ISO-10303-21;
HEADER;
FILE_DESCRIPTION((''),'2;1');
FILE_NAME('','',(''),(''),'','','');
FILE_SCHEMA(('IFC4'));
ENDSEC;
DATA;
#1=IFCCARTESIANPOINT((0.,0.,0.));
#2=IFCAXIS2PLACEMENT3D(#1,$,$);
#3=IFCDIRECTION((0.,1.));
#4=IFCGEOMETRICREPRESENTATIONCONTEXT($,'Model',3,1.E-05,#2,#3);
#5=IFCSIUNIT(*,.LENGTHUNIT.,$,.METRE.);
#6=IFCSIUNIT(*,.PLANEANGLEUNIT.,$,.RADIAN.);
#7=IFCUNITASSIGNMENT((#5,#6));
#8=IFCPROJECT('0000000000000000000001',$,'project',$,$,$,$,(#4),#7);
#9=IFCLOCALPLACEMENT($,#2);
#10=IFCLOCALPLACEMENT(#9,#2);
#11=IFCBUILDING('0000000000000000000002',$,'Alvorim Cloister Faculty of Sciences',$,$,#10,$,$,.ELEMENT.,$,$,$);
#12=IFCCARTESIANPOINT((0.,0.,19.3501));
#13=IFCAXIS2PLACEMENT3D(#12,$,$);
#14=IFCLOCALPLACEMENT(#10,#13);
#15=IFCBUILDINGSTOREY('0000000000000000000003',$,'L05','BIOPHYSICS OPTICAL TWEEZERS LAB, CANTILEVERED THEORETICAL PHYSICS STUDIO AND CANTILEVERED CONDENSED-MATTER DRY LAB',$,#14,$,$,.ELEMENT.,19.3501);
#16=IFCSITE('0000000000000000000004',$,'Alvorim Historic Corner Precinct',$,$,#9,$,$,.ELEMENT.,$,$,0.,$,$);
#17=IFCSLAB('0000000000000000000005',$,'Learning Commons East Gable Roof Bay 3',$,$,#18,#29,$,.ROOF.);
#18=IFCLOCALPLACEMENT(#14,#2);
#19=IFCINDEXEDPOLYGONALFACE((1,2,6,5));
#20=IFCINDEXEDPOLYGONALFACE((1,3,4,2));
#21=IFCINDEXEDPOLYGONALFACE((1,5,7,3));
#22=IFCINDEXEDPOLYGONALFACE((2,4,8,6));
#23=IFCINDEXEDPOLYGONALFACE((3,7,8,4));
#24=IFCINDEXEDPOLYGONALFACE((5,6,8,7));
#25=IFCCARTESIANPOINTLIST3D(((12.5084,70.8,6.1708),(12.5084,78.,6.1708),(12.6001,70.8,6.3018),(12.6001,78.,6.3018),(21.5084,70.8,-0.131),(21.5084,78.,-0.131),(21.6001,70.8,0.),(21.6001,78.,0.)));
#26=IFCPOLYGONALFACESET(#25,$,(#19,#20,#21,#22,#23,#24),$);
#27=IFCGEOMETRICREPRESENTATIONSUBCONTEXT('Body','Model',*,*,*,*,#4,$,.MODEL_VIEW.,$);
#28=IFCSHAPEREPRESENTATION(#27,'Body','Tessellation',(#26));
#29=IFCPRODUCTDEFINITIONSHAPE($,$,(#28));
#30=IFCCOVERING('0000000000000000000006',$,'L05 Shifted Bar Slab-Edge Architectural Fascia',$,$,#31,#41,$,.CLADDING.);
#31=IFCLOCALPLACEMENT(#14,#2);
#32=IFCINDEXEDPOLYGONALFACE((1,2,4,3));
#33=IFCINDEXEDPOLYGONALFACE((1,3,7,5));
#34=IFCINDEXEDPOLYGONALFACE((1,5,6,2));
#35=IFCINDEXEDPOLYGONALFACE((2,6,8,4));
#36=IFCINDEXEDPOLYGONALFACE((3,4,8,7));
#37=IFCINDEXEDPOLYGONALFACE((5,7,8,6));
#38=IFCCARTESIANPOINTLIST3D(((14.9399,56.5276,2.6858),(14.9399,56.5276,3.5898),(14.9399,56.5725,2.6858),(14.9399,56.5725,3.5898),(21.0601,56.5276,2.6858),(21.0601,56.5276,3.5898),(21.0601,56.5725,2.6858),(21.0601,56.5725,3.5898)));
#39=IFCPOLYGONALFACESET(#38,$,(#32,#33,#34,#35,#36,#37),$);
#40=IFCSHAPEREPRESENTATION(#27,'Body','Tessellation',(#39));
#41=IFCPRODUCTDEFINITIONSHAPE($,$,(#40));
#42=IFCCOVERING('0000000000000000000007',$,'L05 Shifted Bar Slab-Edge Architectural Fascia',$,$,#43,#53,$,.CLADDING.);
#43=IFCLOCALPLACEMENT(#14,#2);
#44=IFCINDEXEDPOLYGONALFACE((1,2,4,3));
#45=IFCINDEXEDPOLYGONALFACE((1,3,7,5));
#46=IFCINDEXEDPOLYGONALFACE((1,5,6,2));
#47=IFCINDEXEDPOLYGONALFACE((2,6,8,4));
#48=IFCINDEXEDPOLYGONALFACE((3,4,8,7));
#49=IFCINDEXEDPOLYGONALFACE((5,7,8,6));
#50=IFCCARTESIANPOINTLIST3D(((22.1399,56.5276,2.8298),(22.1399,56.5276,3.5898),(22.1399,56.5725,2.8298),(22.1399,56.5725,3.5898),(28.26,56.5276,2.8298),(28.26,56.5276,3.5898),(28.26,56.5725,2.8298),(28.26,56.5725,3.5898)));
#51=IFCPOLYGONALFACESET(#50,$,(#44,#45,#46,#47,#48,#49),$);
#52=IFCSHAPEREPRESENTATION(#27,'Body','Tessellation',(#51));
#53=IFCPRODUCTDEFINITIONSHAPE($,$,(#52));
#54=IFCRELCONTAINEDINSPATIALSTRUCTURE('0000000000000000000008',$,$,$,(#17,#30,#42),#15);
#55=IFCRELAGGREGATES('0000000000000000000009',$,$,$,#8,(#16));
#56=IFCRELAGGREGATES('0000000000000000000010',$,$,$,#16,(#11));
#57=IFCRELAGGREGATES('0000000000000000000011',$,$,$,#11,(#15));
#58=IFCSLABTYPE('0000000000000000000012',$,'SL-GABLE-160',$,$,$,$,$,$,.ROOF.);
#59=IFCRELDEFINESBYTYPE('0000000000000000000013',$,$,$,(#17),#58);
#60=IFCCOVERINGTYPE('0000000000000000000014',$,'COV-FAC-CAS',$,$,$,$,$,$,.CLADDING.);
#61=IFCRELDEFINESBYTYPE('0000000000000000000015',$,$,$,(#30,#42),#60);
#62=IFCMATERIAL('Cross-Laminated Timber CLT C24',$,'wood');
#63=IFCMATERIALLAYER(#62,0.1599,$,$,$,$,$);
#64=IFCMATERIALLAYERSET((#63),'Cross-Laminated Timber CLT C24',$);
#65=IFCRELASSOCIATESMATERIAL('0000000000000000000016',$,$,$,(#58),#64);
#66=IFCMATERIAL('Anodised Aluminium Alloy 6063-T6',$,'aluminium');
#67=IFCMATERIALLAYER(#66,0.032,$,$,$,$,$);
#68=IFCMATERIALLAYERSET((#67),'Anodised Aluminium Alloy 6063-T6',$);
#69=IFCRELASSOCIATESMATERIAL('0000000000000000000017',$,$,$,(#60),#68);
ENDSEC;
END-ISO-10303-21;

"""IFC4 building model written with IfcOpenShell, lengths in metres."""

from ifc_helpers import new_model, si_unit, direction, frame, origin, place, context, subcontext, project, spatial, polyline, outline, extrude, material, layer, layer_set, type_object, element, save


model = new_model("IFC4")

# Units and contexts
model_context = context("Model", 3, precision=1e-05, world=origin(), true_north=direction((0.0, 1.0)))
body_context = subcontext(model_context, "Body", "Model", "MODEL_VIEW")
ifc_project = project(units=[si_unit("LENGTHUNIT", "METRE"), si_unit("PLANEANGLEUNIT", "RADIAN")], contexts=[model_context])

# Site, building, storey
site_placement = place(None, origin())
site = spatial("IfcSite", under=ifc_project, at=site_placement, Name="Alvorim Historic Corner Precinct", CompositionType="ELEMENT", RefElevation=0.0)
building_placement = place(site_placement, origin())
building = spatial("IfcBuilding", under=site, at=building_placement, Name="Alvorim Cloister Faculty of Sciences", CompositionType="ELEMENT")
storey_placement = place(building_placement, frame((0.0, 0.0, 19.3501)))
storey = spatial("IfcBuildingStorey", under=building, at=storey_placement, Name="L05", Description="BIOPHYSICS OPTICAL TWEEZERS LAB, CANTILEVERED THEORETICAL PHYSICS STUDIO AND CANTILEVERED CONDENSED-MATTER DRY LAB", CompositionType="ELEMENT", Elevation=19.3501)

# Slab
ifc_material_1 = material(Name="Cross-Laminated Timber CLT C24", Category="wood")
ifc_layer_1 = layer(ifc_material_1, 0.1599)
ifc_layer_set_1 = layer_set([ifc_layer_1], Name="Cross-Laminated Timber CLT C24")
slab_type = type_object("IfcSlabType", Name="SL-GABLE-160", PredefinedType="ROOF", material=ifc_layer_set_1)
for number, where, z_axis, x_axis, name in (
    (1, (12.6001, 70.8, 6.3018), (0.57357, 0.0, 0.819157), (0.819157, 0.0, -0.57357), "Learning Commons East Gable Roof Bay 3"),
):
    element("IfcSlab", number, at=place(storey_placement, frame(where, z_axis=z_axis, x_axis=x_axis)), inside=storey, type_object=slab_type, Name=name, PredefinedType="ROOF", context=body_context, shape_type="SweptSolid", body=[
        extrude(outline(polyline([(0.0, 0.0), (10.9869, 0.0), (10.9869, 7.2), (0.0, 7.2), (0.0, 0.0)])), origin(), (0.0, 0.0, -1.0), 0.1599),
    ])

# Coverings
ifc_material_2 = material(Name="Anodised Aluminium Alloy 6063-T6", Category="aluminium")
ifc_layer_2 = layer(ifc_material_2, 0.032)
ifc_layer_set_2 = layer_set([ifc_layer_2], Name="Anodised Aluminium Alloy 6063-T6")
covering_type = type_object("IfcCoveringType", Name="COV-FAC-CAS", PredefinedType="CLADDING", material=ifc_layer_set_2)
covering_1_placement = place(storey_placement, frame((14.9399, 56.55, 2.6858), z_axis=(0.0, 0.0, 1.0), x_axis=(1.0, 0.0, 0.0)))
element("IfcCovering", 2, at=covering_1_placement, inside=storey, type_object=covering_type, Name="L05 Shifted Bar Slab-Edge Architectural Fascia", PredefinedType="CLADDING", context=body_context, shape_type="SweptSolid", body=[
    extrude(outline(polyline([(0.0, 0.0), (6.1201, 0.0), (6.1201, 0.9041), (0.0, 0.9041), (0.0, 0.0)])), frame((0.0, 0.0225, 0.0), z_axis=(0.0, -1.0, 0.0), x_axis=(1.0, 0.0, 0.0)), (0.0, 0.0, 1.0), 0.0449),
])
covering_2_placement = place(storey_placement, frame((22.1399, 56.55, 2.8298), z_axis=(0.0, 0.0, 1.0), x_axis=(1.0, 0.0, 0.0)))
element("IfcCovering", 3, at=covering_2_placement, inside=storey, type_object=covering_type, Name="L05 Shifted Bar Slab-Edge Architectural Fascia", PredefinedType="CLADDING", context=body_context, shape_type="SweptSolid", body=[
    extrude(outline(polyline([(0.0, 0.0), (6.1201, 0.0), (6.1201, 0.76), (0.0, 0.76), (0.0, 0.0)])), frame((0.0, 0.0225, 0.0), z_axis=(0.0, -1.0, 0.0), x_axis=(1.0, 0.0, 0.0)), (0.0, 0.0, 1.0), 0.0449),
])

save(model, "model.ifc")
